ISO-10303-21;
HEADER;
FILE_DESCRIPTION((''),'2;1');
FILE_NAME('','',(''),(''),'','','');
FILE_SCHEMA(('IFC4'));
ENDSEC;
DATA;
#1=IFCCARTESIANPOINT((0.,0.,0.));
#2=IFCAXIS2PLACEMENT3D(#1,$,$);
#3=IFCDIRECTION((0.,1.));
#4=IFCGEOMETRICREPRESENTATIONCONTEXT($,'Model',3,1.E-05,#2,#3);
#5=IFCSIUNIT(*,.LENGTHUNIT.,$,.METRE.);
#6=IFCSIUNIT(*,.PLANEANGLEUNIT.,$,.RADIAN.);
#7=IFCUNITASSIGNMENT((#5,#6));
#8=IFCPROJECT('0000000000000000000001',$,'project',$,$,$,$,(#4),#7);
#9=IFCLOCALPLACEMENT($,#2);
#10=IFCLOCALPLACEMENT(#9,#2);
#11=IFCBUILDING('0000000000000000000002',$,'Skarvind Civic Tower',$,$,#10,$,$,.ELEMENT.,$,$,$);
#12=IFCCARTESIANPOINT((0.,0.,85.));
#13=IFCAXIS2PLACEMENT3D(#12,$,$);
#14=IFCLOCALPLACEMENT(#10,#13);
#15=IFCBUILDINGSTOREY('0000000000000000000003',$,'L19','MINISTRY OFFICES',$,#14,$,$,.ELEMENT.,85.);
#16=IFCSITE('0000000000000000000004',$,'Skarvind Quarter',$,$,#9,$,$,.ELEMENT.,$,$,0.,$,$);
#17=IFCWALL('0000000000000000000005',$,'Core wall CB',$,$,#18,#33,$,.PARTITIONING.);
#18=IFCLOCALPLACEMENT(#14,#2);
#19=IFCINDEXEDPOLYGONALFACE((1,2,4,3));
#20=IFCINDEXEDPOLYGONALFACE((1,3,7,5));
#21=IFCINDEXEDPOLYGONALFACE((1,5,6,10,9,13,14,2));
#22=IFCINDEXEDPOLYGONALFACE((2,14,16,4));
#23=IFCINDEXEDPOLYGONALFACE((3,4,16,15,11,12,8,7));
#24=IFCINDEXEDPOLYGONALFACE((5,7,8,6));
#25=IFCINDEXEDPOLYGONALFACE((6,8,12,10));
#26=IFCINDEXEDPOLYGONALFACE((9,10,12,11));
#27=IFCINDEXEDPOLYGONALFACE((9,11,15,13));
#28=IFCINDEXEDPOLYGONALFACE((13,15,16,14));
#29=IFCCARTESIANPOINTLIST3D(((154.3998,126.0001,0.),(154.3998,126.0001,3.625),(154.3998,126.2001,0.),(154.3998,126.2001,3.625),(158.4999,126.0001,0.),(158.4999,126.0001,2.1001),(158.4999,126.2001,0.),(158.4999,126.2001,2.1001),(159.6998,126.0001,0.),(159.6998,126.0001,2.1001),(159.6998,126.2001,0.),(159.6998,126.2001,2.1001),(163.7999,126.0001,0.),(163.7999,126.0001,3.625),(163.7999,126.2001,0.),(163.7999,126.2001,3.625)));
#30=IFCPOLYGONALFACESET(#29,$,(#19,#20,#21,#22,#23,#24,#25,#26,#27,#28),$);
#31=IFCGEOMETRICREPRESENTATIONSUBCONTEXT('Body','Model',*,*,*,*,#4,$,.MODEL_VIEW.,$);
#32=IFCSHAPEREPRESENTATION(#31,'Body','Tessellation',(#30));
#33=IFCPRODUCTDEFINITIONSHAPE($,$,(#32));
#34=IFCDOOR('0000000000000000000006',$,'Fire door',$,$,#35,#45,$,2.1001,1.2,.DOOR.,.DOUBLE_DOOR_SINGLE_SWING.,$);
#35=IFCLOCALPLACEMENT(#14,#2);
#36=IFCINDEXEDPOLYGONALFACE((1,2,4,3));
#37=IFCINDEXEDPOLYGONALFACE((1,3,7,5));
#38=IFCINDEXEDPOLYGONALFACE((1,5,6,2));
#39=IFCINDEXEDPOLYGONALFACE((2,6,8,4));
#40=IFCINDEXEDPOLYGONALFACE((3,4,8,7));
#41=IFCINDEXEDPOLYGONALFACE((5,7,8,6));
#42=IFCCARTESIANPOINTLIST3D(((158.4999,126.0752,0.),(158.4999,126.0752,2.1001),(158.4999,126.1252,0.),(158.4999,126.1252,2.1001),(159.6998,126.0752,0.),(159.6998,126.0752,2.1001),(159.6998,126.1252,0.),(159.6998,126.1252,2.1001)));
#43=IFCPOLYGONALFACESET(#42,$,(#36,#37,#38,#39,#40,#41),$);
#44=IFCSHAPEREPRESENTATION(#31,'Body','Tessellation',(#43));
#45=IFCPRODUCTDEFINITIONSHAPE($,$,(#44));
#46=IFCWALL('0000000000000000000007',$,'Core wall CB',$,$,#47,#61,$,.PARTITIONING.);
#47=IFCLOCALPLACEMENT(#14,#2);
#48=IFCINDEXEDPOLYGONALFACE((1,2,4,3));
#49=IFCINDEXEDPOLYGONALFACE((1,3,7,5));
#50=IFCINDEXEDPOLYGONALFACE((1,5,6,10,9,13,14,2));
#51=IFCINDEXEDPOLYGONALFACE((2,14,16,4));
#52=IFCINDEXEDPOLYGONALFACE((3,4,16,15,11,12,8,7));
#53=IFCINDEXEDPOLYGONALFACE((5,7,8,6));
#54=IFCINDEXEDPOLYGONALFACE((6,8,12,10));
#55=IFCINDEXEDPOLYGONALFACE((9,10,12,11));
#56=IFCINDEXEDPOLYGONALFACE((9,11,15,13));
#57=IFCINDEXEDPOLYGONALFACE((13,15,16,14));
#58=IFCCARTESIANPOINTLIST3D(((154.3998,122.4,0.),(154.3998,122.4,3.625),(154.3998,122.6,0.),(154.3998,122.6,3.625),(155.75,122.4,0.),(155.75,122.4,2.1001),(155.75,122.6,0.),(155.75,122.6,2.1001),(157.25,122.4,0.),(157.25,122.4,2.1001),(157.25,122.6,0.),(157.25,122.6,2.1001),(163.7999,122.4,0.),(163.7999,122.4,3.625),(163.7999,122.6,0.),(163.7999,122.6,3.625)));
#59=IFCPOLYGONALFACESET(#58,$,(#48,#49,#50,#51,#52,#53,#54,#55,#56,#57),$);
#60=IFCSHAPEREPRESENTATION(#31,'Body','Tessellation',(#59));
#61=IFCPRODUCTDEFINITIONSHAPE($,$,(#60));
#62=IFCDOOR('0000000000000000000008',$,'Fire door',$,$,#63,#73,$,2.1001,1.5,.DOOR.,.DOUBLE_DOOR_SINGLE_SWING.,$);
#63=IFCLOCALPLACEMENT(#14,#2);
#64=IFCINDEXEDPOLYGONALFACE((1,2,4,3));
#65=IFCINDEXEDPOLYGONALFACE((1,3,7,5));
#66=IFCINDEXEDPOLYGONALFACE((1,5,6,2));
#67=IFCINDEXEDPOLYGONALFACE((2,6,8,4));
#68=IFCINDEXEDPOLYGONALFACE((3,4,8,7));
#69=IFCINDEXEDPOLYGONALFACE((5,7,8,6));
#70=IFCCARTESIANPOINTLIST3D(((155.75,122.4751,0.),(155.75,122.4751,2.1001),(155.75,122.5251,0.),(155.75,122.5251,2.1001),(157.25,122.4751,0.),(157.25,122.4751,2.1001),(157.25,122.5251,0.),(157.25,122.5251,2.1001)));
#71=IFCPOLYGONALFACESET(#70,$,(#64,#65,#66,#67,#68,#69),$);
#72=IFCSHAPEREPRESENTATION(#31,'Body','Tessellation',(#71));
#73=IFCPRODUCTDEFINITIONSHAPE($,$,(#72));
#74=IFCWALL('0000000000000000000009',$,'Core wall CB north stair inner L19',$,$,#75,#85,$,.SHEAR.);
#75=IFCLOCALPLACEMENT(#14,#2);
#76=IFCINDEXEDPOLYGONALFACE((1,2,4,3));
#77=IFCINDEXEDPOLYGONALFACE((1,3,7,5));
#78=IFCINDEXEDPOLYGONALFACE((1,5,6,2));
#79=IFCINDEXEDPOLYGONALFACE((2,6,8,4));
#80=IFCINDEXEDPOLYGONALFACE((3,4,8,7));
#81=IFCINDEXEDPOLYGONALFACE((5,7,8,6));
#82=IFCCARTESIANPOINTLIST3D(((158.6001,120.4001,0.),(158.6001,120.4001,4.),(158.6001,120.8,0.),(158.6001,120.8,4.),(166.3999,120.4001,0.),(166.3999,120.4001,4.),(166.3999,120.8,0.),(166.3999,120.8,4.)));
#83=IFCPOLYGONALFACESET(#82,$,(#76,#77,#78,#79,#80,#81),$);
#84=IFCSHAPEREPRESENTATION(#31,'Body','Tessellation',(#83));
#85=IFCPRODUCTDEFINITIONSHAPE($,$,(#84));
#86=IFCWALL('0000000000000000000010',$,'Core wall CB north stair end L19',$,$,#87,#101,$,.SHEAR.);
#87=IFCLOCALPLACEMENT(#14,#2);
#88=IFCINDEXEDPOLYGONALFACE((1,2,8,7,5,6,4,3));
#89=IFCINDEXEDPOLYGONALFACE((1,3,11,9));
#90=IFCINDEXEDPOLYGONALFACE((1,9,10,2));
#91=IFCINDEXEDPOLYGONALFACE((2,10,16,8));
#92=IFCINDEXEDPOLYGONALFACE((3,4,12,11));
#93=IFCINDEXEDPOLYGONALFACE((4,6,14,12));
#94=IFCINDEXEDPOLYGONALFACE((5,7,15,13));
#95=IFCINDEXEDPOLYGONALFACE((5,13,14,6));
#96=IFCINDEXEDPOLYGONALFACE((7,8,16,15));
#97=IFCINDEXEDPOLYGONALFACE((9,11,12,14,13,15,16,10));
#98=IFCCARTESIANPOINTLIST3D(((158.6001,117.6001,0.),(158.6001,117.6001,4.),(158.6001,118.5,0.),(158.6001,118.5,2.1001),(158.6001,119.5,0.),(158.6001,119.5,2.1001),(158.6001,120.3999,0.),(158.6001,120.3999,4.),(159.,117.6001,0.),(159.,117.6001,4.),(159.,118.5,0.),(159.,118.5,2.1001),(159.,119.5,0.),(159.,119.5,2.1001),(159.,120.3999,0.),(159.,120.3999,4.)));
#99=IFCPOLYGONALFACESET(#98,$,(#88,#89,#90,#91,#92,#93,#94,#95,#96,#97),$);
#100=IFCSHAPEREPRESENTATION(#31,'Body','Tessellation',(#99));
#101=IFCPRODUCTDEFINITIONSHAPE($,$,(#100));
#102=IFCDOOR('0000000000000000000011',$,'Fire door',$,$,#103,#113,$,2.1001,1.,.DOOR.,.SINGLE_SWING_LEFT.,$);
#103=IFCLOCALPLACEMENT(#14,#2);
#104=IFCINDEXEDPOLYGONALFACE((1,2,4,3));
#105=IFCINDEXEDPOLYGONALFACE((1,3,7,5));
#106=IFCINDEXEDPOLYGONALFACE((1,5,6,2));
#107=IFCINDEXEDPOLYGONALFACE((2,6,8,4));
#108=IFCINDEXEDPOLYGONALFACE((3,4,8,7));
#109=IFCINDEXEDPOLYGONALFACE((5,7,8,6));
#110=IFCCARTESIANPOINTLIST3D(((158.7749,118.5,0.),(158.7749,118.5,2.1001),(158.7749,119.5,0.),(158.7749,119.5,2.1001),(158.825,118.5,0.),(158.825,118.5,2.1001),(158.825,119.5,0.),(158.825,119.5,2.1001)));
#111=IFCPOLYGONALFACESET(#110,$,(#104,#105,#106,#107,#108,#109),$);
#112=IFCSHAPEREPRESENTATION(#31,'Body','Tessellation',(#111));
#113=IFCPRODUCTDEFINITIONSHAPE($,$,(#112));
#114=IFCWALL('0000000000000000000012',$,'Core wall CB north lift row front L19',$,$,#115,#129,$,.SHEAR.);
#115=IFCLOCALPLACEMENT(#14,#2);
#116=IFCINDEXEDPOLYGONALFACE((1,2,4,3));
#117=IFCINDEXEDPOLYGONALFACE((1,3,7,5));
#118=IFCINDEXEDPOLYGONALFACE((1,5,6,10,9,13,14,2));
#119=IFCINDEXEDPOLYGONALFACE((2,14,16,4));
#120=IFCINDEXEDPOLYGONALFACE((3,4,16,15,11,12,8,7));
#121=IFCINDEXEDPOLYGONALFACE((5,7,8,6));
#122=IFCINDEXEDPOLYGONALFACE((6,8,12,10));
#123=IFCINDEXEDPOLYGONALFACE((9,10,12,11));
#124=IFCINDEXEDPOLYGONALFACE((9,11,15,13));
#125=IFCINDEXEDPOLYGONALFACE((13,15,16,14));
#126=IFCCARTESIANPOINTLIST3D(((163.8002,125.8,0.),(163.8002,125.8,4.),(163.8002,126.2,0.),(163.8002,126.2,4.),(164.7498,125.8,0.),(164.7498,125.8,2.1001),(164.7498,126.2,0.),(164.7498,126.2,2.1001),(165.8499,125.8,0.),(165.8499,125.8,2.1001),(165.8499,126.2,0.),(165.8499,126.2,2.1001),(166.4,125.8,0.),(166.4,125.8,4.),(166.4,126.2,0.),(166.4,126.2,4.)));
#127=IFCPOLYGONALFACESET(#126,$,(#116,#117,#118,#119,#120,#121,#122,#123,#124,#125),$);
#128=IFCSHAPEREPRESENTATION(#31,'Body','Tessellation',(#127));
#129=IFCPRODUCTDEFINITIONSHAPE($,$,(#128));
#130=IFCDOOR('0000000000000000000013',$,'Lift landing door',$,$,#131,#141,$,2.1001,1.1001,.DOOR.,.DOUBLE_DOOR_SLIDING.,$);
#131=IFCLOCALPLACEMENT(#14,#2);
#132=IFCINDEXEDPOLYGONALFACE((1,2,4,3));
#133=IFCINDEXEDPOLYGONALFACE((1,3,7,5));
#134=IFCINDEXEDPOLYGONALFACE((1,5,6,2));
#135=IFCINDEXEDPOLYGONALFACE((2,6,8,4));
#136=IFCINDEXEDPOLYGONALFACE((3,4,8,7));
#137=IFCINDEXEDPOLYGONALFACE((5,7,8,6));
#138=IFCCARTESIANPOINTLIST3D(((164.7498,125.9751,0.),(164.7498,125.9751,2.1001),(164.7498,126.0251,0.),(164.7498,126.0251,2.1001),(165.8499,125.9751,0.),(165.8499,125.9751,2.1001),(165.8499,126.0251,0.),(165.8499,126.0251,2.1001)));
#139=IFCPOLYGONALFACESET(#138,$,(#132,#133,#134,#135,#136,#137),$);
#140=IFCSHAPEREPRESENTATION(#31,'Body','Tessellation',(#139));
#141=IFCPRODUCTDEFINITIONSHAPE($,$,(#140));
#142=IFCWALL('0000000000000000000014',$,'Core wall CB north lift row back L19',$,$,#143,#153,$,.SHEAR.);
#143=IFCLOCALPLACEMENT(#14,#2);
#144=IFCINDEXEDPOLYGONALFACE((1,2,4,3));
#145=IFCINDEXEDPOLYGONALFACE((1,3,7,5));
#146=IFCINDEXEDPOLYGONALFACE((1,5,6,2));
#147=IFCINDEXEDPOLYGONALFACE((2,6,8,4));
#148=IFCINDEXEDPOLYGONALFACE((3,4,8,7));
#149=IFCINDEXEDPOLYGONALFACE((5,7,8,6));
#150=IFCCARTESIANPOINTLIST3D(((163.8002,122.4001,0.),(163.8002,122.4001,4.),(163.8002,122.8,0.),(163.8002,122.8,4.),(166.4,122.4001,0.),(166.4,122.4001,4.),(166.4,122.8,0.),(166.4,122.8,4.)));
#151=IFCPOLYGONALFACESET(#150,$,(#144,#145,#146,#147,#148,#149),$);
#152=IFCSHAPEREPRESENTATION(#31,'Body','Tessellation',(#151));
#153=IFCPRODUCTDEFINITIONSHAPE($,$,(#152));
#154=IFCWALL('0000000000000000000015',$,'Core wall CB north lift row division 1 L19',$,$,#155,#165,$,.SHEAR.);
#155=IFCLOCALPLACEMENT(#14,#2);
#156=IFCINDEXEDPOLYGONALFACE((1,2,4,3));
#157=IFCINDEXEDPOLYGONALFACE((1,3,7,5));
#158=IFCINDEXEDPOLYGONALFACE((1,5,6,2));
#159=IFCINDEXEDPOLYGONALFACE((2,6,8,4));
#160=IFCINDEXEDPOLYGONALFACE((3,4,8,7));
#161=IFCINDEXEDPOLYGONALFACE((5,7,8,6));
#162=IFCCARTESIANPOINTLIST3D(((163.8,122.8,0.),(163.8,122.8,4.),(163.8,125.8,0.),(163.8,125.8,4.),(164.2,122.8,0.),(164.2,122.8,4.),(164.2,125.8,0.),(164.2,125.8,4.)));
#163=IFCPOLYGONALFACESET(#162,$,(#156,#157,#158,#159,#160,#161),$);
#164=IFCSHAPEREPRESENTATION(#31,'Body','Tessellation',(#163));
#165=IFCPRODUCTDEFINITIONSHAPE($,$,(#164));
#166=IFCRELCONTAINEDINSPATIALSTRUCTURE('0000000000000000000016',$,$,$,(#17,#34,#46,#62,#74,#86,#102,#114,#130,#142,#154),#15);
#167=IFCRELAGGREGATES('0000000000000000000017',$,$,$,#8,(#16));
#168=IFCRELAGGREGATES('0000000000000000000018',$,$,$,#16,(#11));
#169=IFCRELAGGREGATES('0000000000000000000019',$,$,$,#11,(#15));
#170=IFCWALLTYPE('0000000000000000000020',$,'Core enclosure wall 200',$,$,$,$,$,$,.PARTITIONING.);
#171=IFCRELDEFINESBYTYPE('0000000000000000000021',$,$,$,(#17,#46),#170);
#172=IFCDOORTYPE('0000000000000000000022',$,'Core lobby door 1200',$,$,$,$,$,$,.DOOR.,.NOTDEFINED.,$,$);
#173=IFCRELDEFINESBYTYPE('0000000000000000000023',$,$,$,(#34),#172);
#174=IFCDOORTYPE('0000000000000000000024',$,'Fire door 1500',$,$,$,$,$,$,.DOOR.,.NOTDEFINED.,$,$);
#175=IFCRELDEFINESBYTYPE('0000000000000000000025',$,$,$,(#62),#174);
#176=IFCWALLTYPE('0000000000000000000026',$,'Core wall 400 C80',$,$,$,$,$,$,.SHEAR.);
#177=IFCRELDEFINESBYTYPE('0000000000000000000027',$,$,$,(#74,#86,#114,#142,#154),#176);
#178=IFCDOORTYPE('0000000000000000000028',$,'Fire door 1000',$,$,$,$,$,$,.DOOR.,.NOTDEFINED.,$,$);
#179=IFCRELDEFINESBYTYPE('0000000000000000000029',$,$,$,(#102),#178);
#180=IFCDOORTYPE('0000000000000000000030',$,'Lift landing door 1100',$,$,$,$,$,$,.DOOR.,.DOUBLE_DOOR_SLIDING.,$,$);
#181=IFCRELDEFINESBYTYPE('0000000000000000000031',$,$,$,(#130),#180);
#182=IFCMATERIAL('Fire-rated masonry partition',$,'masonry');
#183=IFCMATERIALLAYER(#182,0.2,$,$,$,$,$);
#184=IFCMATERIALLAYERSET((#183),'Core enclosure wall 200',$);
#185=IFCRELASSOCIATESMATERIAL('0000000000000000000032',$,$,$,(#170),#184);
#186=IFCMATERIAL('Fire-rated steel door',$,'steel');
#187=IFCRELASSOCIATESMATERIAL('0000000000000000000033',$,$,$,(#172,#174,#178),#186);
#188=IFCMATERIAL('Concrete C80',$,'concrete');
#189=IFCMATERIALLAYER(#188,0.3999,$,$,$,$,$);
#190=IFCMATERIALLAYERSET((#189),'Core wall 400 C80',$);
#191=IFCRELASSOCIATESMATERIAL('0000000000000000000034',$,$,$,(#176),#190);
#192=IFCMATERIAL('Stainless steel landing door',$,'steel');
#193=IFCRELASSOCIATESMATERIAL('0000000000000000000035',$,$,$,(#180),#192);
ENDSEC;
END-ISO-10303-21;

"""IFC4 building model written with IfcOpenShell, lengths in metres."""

from ifc_helpers import new_model, si_unit, direction, frame, frame_2d, origin, place, context, subcontext, project, spatial, rectangle, extrude, material, layer, layer_set, type_object, element, fill, save


model = new_model("IFC4")

# Units and contexts
model_context = context("Model", 3, precision=1e-05, world=origin(), true_north=direction((0.0, 1.0)))
body_context = subcontext(model_context, "Body", "Model", "MODEL_VIEW")
ifc_project = project(units=[si_unit("LENGTHUNIT", "METRE"), si_unit("PLANEANGLEUNIT", "RADIAN")], contexts=[model_context])

# Site, building, storey
site_placement = place(None, origin())
site = spatial("IfcSite", under=ifc_project, at=site_placement, Name="Skarvind Quarter", CompositionType="ELEMENT", RefElevation=0.0)
building_placement = place(site_placement, origin())
building = spatial("IfcBuilding", under=site, at=building_placement, Name="Skarvind Civic Tower", CompositionType="ELEMENT")
storey_placement = place(building_placement, frame((0.0, 0.0, 85.0)))
storey = spatial("IfcBuildingStorey", under=building, at=storey_placement, Name="L19", Description="MINISTRY OFFICES", CompositionType="ELEMENT", Elevation=85.0)

# Walls, openings, doors
ifc_material_1 = material(Name="Fire-rated masonry partition", Category="masonry")
ifc_layer_1 = layer(ifc_material_1, 0.2)
ifc_layer_set_1 = layer_set([ifc_layer_1], Name="Core enclosure wall 200")
wall_type_1 = type_object("IfcWallType", Name="Core enclosure wall 200", PredefinedType="PARTITIONING", material=ifc_layer_set_1)
wall_1_placement = place(storey_placement, frame((163.8, 126.1001, 0.0), z_axis=(0.0, 0.0, 1.0), x_axis=(-1.0, 0.0, 0.0)))
wall_1 = element("IfcWall", 1, at=wall_1_placement, inside=storey, type_object=wall_type_1, Name="Core wall CB", PredefinedType="PARTITIONING", context=body_context, shape_type="SweptSolid", body=[
    extrude(rectangle(XDim=9.4001, YDim=0.2, at=frame_2d((4.7002, 0.0))), origin(), (0.0, 0.0, 1.0), 3.625),
])
opening_1_placement = place(wall_1_placement, frame((4.1001, 0.0, 0.0)))
opening_1 = element("IfcOpeningElement", 2, at=opening_1_placement, cuts=wall_1, PredefinedType="OPENING", context=body_context, shape_type="SweptSolid", body=[
    extrude(rectangle(XDim=1.2, YDim=2.1001, at=frame_2d((0.6001, 1.05))), frame((0.0, 0.1099, 0.0), z_axis=(0.0, -1.0, 0.0), x_axis=(1.0, 0.0, 0.0)), (0.0, 0.0, 1.0), 0.22),
])
ifc_material_2 = material(Name="Fire-rated steel door", Category="steel")
door_type_1 = type_object("IfcDoorType", Name="Core lobby door 1200", OperationType="NOTDEFINED", PredefinedType="DOOR", material=ifc_material_2)
door_1_placement = place(opening_1_placement, origin())
door_1 = element("IfcDoor", 3, at=door_1_placement, inside=storey, type_object=door_type_1, Name="Fire door", OperationType="DOUBLE_DOOR_SINGLE_SWING", OverallHeight=2.1001, OverallWidth=1.2, PredefinedType="DOOR", context=body_context, shape_type="SweptSolid", body=[
    extrude(rectangle(XDim=1.2, YDim=2.1001, at=frame_2d((0.6001, 1.05))), frame((0.0, 0.0249, 0.0), z_axis=(0.0, -1.0, 0.0), x_axis=(1.0, 0.0, 0.0)), (0.0, 0.0, 1.0), 0.05),
])
fill(opening_1, door_1)
wall_2_placement = place(storey_placement, frame((163.8, 122.5, 0.0), z_axis=(0.0, 0.0, 1.0), x_axis=(-1.0, 0.0, 0.0)))
wall_2 = element("IfcWall", 4, at=wall_2_placement, inside=storey, type_object=wall_type_1, Name="Core wall CB", PredefinedType="PARTITIONING", context=body_context, shape_type="SweptSolid", body=[
    extrude(rectangle(XDim=9.4001, YDim=0.2, at=frame_2d((4.7002, 0.0))), origin(), (0.0, 0.0, 1.0), 3.625),
])
opening_2_placement = place(wall_2_placement, frame((6.55, 0.0, 0.0)))
opening_2 = element("IfcOpeningElement", 5, at=opening_2_placement, cuts=wall_2, PredefinedType="OPENING", context=body_context, shape_type="SweptSolid", body=[
    extrude(rectangle(XDim=1.5, YDim=2.1001, at=frame_2d((0.75, 1.05))), frame((0.0, 0.1099, 0.0), z_axis=(0.0, -1.0, 0.0), x_axis=(1.0, 0.0, 0.0)), (0.0, 0.0, 1.0), 0.22),
])
door_type_2 = type_object("IfcDoorType", Name="Fire door 1500", OperationType="NOTDEFINED", PredefinedType="DOOR", material=ifc_material_2)
door_2_placement = place(opening_2_placement, origin())
door_2 = element("IfcDoor", 6, at=door_2_placement, inside=storey, type_object=door_type_2, Name="Fire door", OperationType="DOUBLE_DOOR_SINGLE_SWING", OverallHeight=2.1001, OverallWidth=1.5, PredefinedType="DOOR", context=body_context, shape_type="SweptSolid", body=[
    extrude(rectangle(XDim=1.5, YDim=2.1001, at=frame_2d((0.75, 1.05))), frame((0.0, 0.0249, 0.0), z_axis=(0.0, -1.0, 0.0), x_axis=(1.0, 0.0, 0.0)), (0.0, 0.0, 1.0), 0.05),
])
fill(opening_2, door_2)

# Wall
ifc_material_3 = material(Name="Concrete C80", Category="concrete")
ifc_layer_2 = layer(ifc_material_3, 0.3999)
ifc_layer_set_2 = layer_set([ifc_layer_2], Name="Core wall 400 C80")
wall_type_2 = type_object("IfcWallType", Name="Core wall 400 C80", PredefinedType="SHEAR", material=ifc_layer_set_2)
wall_3_placement = place(storey_placement, frame((166.3999, 120.6001, 0.0), z_axis=(0.0, 0.0, 1.0), x_axis=(-1.0, 0.0, 0.0)))
element("IfcWall", 7, at=wall_3_placement, inside=storey, type_object=wall_type_2, Name="Core wall CB north stair inner L19", PredefinedType="SHEAR", context=body_context, shape_type="SweptSolid", body=[
    extrude(rectangle(XDim=7.7998, YDim=0.3999, at=frame_2d((3.8999, 0.0))), origin(), (0.0, 0.0, 1.0), 4.0),
])

# Walls, openings, doors
wall_4_placement = place(storey_placement, frame((158.8, 120.3999, 0.0), z_axis=(0.0, 0.0, 1.0), x_axis=(0.0, -1.0, 0.0)))
wall_4 = element("IfcWall", 8, at=wall_4_placement, inside=storey, type_object=wall_type_2, Name="Core wall CB north stair end L19", PredefinedType="SHEAR", context=body_context, shape_type="SweptSolid", body=[
    extrude(rectangle(XDim=2.7998, YDim=0.3999, at=frame_2d((1.3999, 0.0))), origin(), (0.0, 0.0, 1.0), 4.0),
])
opening_3_placement = place(wall_4_placement, frame((0.8999, 0.0, 0.0)))
opening_3 = element("IfcOpeningElement", 9, at=opening_3_placement, cuts=wall_4, PredefinedType="OPENING", context=body_context, shape_type="SweptSolid", body=[
    extrude(rectangle(XDim=1.0, YDim=2.1001, at=frame_2d((0.5, 1.05))), frame((0.0, 0.21, 0.0), z_axis=(0.0, -1.0, 0.0), x_axis=(1.0, 0.0, 0.0)), (0.0, 0.0, 1.0), 0.4199),
])
door_type_3 = type_object("IfcDoorType", Name="Fire door 1000", OperationType="NOTDEFINED", PredefinedType="DOOR", material=ifc_material_2)
door_3_placement = place(opening_3_placement, origin())
door_3 = element("IfcDoor", 10, at=door_3_placement, inside=storey, type_object=door_type_3, Name="Fire door", OperationType="SINGLE_SWING_LEFT", OverallHeight=2.1001, OverallWidth=1.0, PredefinedType="DOOR", context=body_context, shape_type="SweptSolid", body=[
    extrude(rectangle(XDim=1.0, YDim=2.1001, at=frame_2d((0.5, 1.05))), frame((0.0, 0.0249, 0.0), z_axis=(0.0, -1.0, 0.0), x_axis=(1.0, 0.0, 0.0)), (0.0, 0.0, 1.0), 0.05),
])
fill(opening_3, door_3)
wall_5_placement = place(storey_placement, frame((166.3999, 126.0, 0.0), z_axis=(0.0, 0.0, 1.0), x_axis=(-1.0, 0.0, 0.0)))
wall_5 = element("IfcWall", 11, at=wall_5_placement, inside=storey, type_object=wall_type_2, Name="Core wall CB north lift row front L19", PredefinedType="SHEAR", context=body_context, shape_type="SweptSolid", body=[
    extrude(rectangle(XDim=2.5999, YDim=0.3999, at=frame_2d((1.2998, 0.0))), origin(), (0.0, 0.0, 1.0), 4.0),
])
opening_4_placement = place(wall_5_placement, frame((0.55, 0.0, 0.0)))
opening_4 = element("IfcOpeningElement", 12, at=opening_4_placement, cuts=wall_5, PredefinedType="OPENING", context=body_context, shape_type="SweptSolid", body=[
    extrude(rectangle(XDim=1.1001, YDim=2.1001, at=frame_2d((0.55, 1.05))), frame((0.0, 0.21, 0.0), z_axis=(0.0, -1.0, 0.0), x_axis=(1.0, 0.0, 0.0)), (0.0, 0.0, 1.0), 0.4199),
])
ifc_material_4 = material(Name="Stainless steel landing door", Category="steel")
door_type_4 = type_object("IfcDoorType", Name="Lift landing door 1100", OperationType="DOUBLE_DOOR_SLIDING", PredefinedType="DOOR", material=ifc_material_4)
door_4_placement = place(opening_4_placement, origin())
door_4 = element("IfcDoor", 13, at=door_4_placement, inside=storey, type_object=door_type_4, Name="Lift landing door", OperationType="DOUBLE_DOOR_SLIDING", OverallHeight=2.1001, OverallWidth=1.1001, PredefinedType="DOOR", context=body_context, shape_type="SweptSolid", body=[
    extrude(rectangle(XDim=1.1001, YDim=2.1001, at=frame_2d((0.55, 1.05))), frame((0.0, 0.0249, 0.0), z_axis=(0.0, -1.0, 0.0), x_axis=(1.0, 0.0, 0.0)), (0.0, 0.0, 1.0), 0.05),
])
fill(opening_4, door_4)

# Walls
wall_6_placement = place(storey_placement, frame((166.3999, 122.6001, 0.0), z_axis=(0.0, 0.0, 1.0), x_axis=(-1.0, 0.0, 0.0)))
element("IfcWall", 14, at=wall_6_placement, inside=storey, type_object=wall_type_2, Name="Core wall CB north lift row back L19", PredefinedType="SHEAR", context=body_context, shape_type="SweptSolid", body=[
    extrude(rectangle(XDim=2.5999, YDim=0.3999, at=frame_2d((1.2998, 0.0))), origin(), (0.0, 0.0, 1.0), 4.0),
])
wall_7_placement = place(storey_placement, frame((164.0, 125.8, 0.0), z_axis=(0.0, 0.0, 1.0), x_axis=(0.0, -1.0, 0.0)))
element("IfcWall", 15, at=wall_7_placement, inside=storey, type_object=wall_type_2, Name="Core wall CB north lift row division 1 L19", PredefinedType="SHEAR", context=body_context, shape_type="SweptSolid", body=[
    extrude(rectangle(XDim=3.0, YDim=0.3999, at=frame_2d((1.5, 0.0))), origin(), (0.0, 0.0, 1.0), 4.0),
])

save(model, "model.ifc")
